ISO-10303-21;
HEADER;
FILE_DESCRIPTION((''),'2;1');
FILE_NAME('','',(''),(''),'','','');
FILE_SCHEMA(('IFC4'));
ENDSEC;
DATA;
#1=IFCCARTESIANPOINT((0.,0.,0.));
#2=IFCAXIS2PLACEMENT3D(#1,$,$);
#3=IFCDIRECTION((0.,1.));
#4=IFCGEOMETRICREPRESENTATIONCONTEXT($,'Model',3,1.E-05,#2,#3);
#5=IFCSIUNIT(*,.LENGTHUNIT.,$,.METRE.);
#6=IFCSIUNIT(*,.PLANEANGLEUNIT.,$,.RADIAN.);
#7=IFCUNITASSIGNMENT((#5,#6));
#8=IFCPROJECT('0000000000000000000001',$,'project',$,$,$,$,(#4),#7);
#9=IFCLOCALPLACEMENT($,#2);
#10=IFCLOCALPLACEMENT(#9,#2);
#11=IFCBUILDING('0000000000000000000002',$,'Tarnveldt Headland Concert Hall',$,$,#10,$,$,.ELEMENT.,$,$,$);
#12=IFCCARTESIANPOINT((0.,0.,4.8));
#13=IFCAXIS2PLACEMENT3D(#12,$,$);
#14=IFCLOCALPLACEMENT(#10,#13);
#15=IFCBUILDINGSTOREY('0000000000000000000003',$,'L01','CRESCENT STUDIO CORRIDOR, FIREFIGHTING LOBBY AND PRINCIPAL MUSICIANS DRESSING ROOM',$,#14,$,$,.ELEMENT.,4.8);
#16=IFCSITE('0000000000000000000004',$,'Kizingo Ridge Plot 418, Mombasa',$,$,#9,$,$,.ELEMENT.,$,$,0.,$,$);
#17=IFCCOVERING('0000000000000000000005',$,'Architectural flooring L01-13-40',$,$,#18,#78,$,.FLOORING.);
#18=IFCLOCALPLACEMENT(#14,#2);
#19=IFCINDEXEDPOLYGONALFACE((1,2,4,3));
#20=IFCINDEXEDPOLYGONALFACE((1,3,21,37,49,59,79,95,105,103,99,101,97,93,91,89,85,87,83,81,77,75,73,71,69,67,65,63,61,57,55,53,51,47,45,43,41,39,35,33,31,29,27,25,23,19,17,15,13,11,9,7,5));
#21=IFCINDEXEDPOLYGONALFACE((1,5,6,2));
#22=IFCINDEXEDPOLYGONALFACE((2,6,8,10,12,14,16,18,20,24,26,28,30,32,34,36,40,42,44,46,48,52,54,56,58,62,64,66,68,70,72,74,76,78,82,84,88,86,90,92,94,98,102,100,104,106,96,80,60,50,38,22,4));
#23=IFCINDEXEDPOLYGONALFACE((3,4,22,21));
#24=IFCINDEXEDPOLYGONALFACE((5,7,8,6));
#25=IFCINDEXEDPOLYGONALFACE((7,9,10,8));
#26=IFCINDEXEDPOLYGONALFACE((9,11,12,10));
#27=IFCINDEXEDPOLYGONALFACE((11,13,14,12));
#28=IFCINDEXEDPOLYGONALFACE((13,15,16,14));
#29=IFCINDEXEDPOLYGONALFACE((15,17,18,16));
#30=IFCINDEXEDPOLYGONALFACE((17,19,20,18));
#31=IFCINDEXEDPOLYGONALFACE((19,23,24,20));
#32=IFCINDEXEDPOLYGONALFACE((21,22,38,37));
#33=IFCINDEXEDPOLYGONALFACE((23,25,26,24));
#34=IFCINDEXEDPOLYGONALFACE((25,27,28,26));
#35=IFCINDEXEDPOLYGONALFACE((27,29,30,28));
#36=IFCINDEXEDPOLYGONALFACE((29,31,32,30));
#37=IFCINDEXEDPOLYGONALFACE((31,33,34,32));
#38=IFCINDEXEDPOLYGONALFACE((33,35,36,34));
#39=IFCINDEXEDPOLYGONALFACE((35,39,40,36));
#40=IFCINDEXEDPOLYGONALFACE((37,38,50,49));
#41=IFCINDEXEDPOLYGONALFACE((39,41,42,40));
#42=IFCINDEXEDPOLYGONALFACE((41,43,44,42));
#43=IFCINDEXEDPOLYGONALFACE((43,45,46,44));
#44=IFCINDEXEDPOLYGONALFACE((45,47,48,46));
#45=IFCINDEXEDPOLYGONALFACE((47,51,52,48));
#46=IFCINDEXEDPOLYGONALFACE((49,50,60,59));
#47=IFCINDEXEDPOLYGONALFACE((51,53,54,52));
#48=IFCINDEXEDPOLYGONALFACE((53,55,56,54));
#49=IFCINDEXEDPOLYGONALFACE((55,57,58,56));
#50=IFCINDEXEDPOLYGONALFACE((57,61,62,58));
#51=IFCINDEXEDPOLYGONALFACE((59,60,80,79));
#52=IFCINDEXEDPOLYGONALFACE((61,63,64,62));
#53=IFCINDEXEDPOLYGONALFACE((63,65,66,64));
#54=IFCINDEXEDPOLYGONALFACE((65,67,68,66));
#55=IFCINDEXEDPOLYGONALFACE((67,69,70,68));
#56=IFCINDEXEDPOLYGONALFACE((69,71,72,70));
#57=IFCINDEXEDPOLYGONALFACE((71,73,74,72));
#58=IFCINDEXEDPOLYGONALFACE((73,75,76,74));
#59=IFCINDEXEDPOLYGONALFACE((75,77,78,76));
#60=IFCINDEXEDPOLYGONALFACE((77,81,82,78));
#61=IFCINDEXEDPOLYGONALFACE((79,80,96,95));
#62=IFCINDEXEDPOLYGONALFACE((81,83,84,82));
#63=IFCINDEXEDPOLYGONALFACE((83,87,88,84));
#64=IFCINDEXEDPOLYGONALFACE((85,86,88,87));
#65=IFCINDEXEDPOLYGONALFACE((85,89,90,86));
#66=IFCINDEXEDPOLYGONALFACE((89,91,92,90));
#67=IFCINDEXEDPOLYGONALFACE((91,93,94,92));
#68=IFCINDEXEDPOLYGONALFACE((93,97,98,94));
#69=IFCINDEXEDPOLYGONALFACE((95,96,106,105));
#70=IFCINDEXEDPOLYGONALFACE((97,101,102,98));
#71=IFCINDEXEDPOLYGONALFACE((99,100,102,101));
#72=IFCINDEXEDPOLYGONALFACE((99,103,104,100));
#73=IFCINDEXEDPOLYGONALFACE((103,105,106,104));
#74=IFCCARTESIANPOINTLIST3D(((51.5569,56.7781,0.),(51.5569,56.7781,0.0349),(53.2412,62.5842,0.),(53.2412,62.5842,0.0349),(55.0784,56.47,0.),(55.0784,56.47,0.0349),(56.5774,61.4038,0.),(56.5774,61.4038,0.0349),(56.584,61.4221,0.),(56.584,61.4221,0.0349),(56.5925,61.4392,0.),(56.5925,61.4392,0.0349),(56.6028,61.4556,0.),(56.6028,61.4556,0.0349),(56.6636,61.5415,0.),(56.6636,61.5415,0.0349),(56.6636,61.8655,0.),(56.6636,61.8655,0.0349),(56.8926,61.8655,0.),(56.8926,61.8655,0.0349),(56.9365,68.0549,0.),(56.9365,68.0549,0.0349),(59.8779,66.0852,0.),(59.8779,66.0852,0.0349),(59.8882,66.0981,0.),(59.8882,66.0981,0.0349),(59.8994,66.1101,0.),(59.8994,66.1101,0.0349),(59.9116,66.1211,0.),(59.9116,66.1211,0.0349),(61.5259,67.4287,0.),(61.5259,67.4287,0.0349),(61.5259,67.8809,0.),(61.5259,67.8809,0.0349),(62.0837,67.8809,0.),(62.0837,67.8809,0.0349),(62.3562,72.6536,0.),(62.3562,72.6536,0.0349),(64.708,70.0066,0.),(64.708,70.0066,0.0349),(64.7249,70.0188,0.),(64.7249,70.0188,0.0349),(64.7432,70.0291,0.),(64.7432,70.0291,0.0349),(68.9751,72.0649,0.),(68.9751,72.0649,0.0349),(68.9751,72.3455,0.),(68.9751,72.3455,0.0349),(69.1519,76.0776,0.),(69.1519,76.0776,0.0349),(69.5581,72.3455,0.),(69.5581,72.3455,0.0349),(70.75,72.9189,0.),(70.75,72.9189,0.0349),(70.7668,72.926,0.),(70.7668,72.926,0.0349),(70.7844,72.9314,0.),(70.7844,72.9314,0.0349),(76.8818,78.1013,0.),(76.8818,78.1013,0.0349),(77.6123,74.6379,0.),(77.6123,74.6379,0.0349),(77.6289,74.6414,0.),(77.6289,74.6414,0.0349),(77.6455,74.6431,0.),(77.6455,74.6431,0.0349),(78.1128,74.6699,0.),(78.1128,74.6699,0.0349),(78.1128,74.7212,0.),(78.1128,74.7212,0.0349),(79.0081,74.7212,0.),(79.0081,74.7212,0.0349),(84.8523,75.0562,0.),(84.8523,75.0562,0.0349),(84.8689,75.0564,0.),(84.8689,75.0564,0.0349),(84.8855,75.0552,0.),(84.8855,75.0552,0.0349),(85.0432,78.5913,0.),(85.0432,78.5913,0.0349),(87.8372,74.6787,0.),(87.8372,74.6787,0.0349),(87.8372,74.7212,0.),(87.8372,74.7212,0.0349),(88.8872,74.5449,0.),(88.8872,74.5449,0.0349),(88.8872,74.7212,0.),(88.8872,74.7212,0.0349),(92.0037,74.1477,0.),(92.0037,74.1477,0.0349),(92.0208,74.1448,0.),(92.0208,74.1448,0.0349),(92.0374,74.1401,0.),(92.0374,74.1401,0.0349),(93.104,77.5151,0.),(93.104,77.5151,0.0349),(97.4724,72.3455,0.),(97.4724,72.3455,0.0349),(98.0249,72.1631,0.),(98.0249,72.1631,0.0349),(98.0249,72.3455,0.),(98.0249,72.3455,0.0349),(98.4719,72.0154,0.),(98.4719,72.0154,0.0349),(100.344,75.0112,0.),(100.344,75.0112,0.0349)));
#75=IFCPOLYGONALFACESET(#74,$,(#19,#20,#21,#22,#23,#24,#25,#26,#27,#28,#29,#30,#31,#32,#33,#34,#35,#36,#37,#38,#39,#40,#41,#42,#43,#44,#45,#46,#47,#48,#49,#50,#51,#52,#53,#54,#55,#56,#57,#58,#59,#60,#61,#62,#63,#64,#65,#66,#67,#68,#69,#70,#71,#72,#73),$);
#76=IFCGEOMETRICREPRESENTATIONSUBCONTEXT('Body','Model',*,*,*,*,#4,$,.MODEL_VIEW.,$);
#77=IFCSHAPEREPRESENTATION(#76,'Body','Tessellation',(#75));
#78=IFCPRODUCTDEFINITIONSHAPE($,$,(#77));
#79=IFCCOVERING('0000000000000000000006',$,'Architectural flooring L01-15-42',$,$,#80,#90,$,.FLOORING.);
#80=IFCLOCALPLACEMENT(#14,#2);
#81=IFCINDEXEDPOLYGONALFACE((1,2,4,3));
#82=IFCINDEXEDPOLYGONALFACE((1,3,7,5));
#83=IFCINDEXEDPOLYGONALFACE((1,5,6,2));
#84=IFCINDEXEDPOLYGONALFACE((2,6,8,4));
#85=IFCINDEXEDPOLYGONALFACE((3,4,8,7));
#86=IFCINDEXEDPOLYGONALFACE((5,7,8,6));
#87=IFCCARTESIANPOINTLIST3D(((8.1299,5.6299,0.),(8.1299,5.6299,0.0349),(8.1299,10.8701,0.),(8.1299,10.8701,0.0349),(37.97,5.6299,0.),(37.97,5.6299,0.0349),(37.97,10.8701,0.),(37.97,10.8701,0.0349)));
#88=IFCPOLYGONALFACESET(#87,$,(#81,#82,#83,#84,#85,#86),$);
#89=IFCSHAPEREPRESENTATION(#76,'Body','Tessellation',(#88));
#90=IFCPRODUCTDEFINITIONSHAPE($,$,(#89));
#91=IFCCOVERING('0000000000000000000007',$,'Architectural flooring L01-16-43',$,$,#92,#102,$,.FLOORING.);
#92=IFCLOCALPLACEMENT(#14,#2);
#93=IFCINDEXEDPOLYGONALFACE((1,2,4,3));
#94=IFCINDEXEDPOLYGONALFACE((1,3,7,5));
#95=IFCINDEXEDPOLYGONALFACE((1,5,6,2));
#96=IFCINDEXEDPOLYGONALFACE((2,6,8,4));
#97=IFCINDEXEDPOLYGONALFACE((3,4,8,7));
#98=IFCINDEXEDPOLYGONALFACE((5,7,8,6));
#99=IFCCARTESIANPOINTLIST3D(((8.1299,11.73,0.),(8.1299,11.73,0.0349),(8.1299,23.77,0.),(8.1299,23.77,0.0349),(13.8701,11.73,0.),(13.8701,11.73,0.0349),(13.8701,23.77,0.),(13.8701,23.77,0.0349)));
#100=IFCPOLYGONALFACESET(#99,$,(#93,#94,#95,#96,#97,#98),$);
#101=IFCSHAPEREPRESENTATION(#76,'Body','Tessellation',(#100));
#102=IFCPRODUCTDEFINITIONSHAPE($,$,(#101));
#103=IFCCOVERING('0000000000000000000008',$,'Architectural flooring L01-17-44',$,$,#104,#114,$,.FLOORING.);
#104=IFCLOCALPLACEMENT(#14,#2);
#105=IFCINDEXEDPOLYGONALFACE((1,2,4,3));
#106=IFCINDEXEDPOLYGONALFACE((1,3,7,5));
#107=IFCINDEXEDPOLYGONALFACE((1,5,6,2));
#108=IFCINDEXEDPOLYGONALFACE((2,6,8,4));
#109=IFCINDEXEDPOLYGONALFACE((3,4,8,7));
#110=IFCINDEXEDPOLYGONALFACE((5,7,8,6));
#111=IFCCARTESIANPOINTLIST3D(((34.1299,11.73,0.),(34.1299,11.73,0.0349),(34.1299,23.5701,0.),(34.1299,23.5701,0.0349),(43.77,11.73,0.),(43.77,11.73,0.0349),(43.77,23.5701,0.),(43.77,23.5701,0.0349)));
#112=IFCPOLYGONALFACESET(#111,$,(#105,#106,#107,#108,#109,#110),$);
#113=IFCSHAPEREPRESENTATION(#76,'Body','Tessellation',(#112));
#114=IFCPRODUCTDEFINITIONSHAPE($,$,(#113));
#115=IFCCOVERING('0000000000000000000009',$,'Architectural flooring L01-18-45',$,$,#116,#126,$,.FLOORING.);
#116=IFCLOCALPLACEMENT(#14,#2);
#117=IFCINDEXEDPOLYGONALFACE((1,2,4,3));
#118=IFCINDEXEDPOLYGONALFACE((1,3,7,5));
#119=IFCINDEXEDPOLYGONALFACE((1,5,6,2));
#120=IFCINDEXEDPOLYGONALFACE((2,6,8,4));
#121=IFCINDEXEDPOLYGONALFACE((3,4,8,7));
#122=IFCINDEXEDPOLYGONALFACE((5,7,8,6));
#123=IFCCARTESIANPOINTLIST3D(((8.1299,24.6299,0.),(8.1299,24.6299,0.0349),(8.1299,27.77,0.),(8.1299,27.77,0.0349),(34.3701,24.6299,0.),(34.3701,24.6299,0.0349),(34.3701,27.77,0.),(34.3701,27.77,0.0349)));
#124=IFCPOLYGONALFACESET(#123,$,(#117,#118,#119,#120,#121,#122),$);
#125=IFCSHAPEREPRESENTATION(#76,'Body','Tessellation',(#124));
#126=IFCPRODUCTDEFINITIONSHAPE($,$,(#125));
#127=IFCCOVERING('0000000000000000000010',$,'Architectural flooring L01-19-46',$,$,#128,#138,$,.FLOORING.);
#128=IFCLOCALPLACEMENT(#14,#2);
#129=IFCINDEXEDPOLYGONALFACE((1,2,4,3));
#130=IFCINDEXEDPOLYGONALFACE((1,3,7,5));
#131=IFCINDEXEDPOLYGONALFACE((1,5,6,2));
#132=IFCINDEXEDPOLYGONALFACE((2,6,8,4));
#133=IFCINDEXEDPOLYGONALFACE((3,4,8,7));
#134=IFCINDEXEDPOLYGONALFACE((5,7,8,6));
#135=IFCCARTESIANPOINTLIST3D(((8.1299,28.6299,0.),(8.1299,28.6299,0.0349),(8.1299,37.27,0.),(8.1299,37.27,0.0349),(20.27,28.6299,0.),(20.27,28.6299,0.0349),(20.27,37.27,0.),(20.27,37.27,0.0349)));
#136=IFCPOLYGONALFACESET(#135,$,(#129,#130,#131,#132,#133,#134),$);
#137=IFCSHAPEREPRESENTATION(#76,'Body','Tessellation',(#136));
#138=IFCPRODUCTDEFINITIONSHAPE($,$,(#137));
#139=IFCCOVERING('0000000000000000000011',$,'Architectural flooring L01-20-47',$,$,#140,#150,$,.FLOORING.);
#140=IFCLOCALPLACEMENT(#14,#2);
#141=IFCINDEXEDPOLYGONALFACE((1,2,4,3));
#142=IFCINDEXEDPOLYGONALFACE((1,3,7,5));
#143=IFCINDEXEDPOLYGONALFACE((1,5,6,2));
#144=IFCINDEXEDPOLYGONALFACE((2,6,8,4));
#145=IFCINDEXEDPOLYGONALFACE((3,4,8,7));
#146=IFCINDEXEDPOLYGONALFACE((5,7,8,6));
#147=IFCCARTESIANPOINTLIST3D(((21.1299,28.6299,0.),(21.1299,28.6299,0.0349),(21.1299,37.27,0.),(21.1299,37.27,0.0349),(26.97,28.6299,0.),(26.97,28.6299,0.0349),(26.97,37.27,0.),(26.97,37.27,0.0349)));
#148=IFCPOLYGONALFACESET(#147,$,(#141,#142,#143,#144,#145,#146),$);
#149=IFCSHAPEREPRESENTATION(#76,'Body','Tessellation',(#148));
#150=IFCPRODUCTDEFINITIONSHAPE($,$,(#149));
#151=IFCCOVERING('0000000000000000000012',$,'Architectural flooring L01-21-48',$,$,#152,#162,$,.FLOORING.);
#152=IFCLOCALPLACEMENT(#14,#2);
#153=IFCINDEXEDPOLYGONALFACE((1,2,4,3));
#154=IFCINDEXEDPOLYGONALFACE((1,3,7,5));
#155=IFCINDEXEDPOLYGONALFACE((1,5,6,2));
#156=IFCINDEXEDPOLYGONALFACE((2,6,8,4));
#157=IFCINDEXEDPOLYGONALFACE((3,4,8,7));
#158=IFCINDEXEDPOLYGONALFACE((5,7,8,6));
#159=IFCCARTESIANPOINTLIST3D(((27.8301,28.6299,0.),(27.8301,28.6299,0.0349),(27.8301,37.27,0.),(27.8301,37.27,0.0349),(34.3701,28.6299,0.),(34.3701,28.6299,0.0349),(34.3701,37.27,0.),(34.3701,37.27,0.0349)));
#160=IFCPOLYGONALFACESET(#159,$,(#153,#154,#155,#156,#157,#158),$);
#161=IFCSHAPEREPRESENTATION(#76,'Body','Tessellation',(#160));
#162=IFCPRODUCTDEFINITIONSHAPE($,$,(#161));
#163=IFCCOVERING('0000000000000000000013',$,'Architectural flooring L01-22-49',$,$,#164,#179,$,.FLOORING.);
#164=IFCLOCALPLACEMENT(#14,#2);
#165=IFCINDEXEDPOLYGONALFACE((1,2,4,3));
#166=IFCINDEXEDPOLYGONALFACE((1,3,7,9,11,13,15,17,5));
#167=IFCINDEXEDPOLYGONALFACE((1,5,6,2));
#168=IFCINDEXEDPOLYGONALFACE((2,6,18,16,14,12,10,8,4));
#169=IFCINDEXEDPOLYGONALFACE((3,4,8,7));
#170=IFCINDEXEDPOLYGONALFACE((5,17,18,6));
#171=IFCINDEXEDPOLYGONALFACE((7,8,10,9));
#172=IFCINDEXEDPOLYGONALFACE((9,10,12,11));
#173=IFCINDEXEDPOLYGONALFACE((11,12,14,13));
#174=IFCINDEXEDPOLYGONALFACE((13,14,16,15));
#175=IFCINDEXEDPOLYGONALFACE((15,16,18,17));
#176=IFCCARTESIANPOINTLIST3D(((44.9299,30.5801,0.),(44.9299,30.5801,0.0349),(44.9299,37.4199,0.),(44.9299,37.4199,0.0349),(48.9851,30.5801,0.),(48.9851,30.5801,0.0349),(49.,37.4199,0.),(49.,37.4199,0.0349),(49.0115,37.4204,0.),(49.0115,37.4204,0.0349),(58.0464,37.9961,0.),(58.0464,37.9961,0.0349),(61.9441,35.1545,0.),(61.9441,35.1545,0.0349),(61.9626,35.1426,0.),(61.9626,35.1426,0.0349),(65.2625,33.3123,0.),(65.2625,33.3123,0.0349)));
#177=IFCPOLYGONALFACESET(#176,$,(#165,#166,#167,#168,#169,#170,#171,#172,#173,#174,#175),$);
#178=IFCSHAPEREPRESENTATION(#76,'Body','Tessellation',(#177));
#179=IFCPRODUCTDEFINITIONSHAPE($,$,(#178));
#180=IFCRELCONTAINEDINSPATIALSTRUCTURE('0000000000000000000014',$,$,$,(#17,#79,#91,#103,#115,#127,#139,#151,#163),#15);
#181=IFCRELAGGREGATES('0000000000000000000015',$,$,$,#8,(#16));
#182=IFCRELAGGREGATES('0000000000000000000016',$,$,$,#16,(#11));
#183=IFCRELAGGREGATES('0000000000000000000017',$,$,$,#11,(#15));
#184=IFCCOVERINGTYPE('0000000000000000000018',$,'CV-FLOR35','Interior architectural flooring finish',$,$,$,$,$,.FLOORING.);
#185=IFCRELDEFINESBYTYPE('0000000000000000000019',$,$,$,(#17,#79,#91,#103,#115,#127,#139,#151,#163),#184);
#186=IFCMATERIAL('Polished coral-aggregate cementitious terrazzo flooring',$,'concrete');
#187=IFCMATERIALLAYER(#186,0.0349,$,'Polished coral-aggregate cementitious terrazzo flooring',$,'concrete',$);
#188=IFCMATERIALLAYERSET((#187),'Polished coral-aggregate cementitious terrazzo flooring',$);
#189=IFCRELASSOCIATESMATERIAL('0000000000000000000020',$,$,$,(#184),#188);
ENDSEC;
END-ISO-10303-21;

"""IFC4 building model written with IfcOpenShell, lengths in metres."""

from ifc_helpers import new_model, si_unit, direction, frame, origin, place, context, subcontext, project, spatial, polyline, outline, extrude, material, layer, layer_set, type_object, element, save


model = new_model("IFC4")

# Units and contexts
model_context = context("Model", 3, precision=1e-05, world=origin(), true_north=direction((0.0, 1.0)))
body_context = subcontext(model_context, "Body", "Model", "MODEL_VIEW")
ifc_project = project(units=[si_unit("LENGTHUNIT", "METRE"), si_unit("PLANEANGLEUNIT", "RADIAN")], contexts=[model_context])

# Site, building, storey
site_placement = place(None, origin())
site = spatial("IfcSite", under=ifc_project, at=site_placement, Name="Kizingo Ridge Plot 418, Mombasa", CompositionType="ELEMENT", RefElevation=0.0)
building_placement = place(site_placement, origin())
building = spatial("IfcBuilding", under=site, at=building_placement, Name="Tarnveldt Headland Concert Hall", CompositionType="ELEMENT")
storey_placement = place(building_placement, frame((0.0, 0.0, 4.8)))
storey = spatial("IfcBuildingStorey", under=building, at=storey_placement, Name="L01", Description="CRESCENT STUDIO CORRIDOR, FIREFIGHTING LOBBY AND PRINCIPAL MUSICIANS DRESSING ROOM", CompositionType="ELEMENT", Elevation=4.8)

# Coverings
ifc_material_1 = material(Name="Polished coral-aggregate cementitious terrazzo flooring", Category="concrete")
ifc_layer_1 = layer(ifc_material_1, 0.0349, Name="Polished coral-aggregate cementitious terrazzo flooring", Category="concrete")
ifc_layer_set_1 = layer_set([ifc_layer_1], Name="Polished coral-aggregate cementitious terrazzo flooring")
covering_type_1 = type_object("IfcCoveringType", Name="CV-FLOR35", Description="Interior architectural flooring finish", PredefinedType="FLOORING", material=ifc_layer_set_1)
covering_1_placement = place(storey_placement, origin())
element("IfcCovering", 1, at=covering_1_placement, inside=storey, type_object=covering_type_1, Name="Architectural flooring L01-13-40", PredefinedType="FLOORING", context=body_context, shape_type="SweptSolid", body=[
    extrude(outline(polyline([(92.0037, 74.1477), (88.8872, 74.5449), (88.8872, 74.7212), (87.8372, 74.7212), (87.8372, 74.6787), (84.8855, 75.0552), (84.8689, 75.0564), (84.8523, 75.0562), (79.0081, 74.7212), (78.1128, 74.7212), (78.1128, 74.6699), (77.6455, 74.6431), (77.6289, 74.6414), (77.6123, 74.6379), (70.7844, 72.9314), (70.7668, 72.926), (70.75, 72.9189), (69.5581, 72.3455), (68.9751, 72.3455), (68.9751, 72.0649), (64.7432, 70.0291), (64.7249, 70.0188), (64.708, 70.0066), (62.0837, 67.8809), (61.5259, 67.8809), (61.5259, 67.4287), (59.9116, 66.1211), (59.8994, 66.1101), (59.8882, 66.0981), (59.8779, 66.0852), (56.8926, 61.8655), (56.6636, 61.8655), (56.6636, 61.5415), (56.6028, 61.4556), (56.5925, 61.4392), (56.584, 61.4221), (56.5774, 61.4038), (55.0784, 56.47), (51.5569, 56.7781), (53.2412, 62.5842), (56.9365, 68.0549), (62.3562, 72.6536), (69.1519, 76.0776), (76.8818, 78.1013), (85.0432, 78.5913), (93.104, 77.5151), (100.344, 75.0112), (98.4719, 72.0154), (98.0249, 72.1631), (98.0249, 72.3455), (97.4724, 72.3455), (92.0374, 74.1401), (92.0208, 74.1448), (92.0037, 74.1477)])), origin(), (0.0, 0.0, 1.0), 0.0349),
])
covering_2_placement = place(storey_placement, origin())
element("IfcCovering", 2, at=covering_2_placement, inside=storey, type_object=covering_type_1, Name="Architectural flooring L01-15-42", PredefinedType="FLOORING", context=body_context, shape_type="SweptSolid", body=[
    extrude(outline(polyline([(8.1299, 10.8701), (37.97, 10.8701), (37.97, 5.6299), (8.1299, 5.6299), (8.1299, 10.8701)])), origin(), (0.0, 0.0, 1.0), 0.0349),
])
covering_3_placement = place(storey_placement, origin())
element("IfcCovering", 3, at=covering_3_placement, inside=storey, type_object=covering_type_1, Name="Architectural flooring L01-16-43", PredefinedType="FLOORING", context=body_context, shape_type="SweptSolid", body=[
    extrude(outline(polyline([(8.1299, 23.77), (13.8701, 23.77), (13.8701, 11.73), (8.1299, 11.73), (8.1299, 23.77)])), origin(), (0.0, 0.0, 1.0), 0.0349),
])
covering_4_placement = place(storey_placement, origin())
element("IfcCovering", 4, at=covering_4_placement, inside=storey, type_object=covering_type_1, Name="Architectural flooring L01-17-44", PredefinedType="FLOORING", context=body_context, shape_type="SweptSolid", body=[
    extrude(outline(polyline([(34.1299, 23.5701), (43.77, 23.5701), (43.77, 11.73), (34.1299, 11.73), (34.1299, 23.5701)])), origin(), (0.0, 0.0, 1.0), 0.0349),
])
covering_5_placement = place(storey_placement, origin())
element("IfcCovering", 5, at=covering_5_placement, inside=storey, type_object=covering_type_1, Name="Architectural flooring L01-18-45", PredefinedType="FLOORING", context=body_context, shape_type="SweptSolid", body=[
    extrude(outline(polyline([(8.1299, 27.77), (34.3701, 27.77), (34.3701, 24.6299), (8.1299, 24.6299), (8.1299, 27.77)])), origin(), (0.0, 0.0, 1.0), 0.0349),
])
covering_6_placement = place(storey_placement, origin())
element("IfcCovering", 6, at=covering_6_placement, inside=storey, type_object=covering_type_1, Name="Architectural flooring L01-19-46", PredefinedType="FLOORING", context=body_context, shape_type="SweptSolid", body=[
    extrude(outline(polyline([(8.1299, 37.27), (20.27, 37.27), (20.27, 28.6299), (8.1299, 28.6299), (8.1299, 37.27)])), origin(), (0.0, 0.0, 1.0), 0.0349),
])
covering_7_placement = place(storey_placement, origin())
element("IfcCovering", 7, at=covering_7_placement, inside=storey, type_object=covering_type_1, Name="Architectural flooring L01-20-47", PredefinedType="FLOORING", context=body_context, shape_type="SweptSolid", body=[
    extrude(outline(polyline([(21.1299, 37.27), (26.97, 37.27), (26.97, 28.6299), (21.1299, 28.6299), (21.1299, 37.27)])), origin(), (0.0, 0.0, 1.0), 0.0349),
])
covering_8_placement = place(storey_placement, origin())
element("IfcCovering", 8, at=covering_8_placement, inside=storey, type_object=covering_type_1, Name="Architectural flooring L01-21-48", PredefinedType="FLOORING", context=body_context, shape_type="SweptSolid", body=[
    extrude(outline(polyline([(27.8301, 37.27), (34.3701, 37.27), (34.3701, 28.6299), (27.8301, 28.6299), (27.8301, 37.27)])), origin(), (0.0, 0.0, 1.0), 0.0349),
])
covering_9_placement = place(storey_placement, origin())
element("IfcCovering", 9, at=covering_9_placement, inside=storey, type_object=covering_type_1, Name="Architectural flooring L01-22-49", PredefinedType="FLOORING", context=body_context, shape_type="SweptSolid", body=[
    extrude(outline(polyline([(44.9299, 37.4199), (49.0, 37.4199), (49.0115, 37.4204), (58.0464, 37.9961), (61.9441, 35.1545), (61.9626, 35.1426), (65.2625, 33.3123), (48.9851, 30.5801), (44.9299, 30.5801), (44.9299, 37.4199)])), origin(), (0.0, 0.0, 1.0), 0.0349),
])

save(model, "model.ifc")
